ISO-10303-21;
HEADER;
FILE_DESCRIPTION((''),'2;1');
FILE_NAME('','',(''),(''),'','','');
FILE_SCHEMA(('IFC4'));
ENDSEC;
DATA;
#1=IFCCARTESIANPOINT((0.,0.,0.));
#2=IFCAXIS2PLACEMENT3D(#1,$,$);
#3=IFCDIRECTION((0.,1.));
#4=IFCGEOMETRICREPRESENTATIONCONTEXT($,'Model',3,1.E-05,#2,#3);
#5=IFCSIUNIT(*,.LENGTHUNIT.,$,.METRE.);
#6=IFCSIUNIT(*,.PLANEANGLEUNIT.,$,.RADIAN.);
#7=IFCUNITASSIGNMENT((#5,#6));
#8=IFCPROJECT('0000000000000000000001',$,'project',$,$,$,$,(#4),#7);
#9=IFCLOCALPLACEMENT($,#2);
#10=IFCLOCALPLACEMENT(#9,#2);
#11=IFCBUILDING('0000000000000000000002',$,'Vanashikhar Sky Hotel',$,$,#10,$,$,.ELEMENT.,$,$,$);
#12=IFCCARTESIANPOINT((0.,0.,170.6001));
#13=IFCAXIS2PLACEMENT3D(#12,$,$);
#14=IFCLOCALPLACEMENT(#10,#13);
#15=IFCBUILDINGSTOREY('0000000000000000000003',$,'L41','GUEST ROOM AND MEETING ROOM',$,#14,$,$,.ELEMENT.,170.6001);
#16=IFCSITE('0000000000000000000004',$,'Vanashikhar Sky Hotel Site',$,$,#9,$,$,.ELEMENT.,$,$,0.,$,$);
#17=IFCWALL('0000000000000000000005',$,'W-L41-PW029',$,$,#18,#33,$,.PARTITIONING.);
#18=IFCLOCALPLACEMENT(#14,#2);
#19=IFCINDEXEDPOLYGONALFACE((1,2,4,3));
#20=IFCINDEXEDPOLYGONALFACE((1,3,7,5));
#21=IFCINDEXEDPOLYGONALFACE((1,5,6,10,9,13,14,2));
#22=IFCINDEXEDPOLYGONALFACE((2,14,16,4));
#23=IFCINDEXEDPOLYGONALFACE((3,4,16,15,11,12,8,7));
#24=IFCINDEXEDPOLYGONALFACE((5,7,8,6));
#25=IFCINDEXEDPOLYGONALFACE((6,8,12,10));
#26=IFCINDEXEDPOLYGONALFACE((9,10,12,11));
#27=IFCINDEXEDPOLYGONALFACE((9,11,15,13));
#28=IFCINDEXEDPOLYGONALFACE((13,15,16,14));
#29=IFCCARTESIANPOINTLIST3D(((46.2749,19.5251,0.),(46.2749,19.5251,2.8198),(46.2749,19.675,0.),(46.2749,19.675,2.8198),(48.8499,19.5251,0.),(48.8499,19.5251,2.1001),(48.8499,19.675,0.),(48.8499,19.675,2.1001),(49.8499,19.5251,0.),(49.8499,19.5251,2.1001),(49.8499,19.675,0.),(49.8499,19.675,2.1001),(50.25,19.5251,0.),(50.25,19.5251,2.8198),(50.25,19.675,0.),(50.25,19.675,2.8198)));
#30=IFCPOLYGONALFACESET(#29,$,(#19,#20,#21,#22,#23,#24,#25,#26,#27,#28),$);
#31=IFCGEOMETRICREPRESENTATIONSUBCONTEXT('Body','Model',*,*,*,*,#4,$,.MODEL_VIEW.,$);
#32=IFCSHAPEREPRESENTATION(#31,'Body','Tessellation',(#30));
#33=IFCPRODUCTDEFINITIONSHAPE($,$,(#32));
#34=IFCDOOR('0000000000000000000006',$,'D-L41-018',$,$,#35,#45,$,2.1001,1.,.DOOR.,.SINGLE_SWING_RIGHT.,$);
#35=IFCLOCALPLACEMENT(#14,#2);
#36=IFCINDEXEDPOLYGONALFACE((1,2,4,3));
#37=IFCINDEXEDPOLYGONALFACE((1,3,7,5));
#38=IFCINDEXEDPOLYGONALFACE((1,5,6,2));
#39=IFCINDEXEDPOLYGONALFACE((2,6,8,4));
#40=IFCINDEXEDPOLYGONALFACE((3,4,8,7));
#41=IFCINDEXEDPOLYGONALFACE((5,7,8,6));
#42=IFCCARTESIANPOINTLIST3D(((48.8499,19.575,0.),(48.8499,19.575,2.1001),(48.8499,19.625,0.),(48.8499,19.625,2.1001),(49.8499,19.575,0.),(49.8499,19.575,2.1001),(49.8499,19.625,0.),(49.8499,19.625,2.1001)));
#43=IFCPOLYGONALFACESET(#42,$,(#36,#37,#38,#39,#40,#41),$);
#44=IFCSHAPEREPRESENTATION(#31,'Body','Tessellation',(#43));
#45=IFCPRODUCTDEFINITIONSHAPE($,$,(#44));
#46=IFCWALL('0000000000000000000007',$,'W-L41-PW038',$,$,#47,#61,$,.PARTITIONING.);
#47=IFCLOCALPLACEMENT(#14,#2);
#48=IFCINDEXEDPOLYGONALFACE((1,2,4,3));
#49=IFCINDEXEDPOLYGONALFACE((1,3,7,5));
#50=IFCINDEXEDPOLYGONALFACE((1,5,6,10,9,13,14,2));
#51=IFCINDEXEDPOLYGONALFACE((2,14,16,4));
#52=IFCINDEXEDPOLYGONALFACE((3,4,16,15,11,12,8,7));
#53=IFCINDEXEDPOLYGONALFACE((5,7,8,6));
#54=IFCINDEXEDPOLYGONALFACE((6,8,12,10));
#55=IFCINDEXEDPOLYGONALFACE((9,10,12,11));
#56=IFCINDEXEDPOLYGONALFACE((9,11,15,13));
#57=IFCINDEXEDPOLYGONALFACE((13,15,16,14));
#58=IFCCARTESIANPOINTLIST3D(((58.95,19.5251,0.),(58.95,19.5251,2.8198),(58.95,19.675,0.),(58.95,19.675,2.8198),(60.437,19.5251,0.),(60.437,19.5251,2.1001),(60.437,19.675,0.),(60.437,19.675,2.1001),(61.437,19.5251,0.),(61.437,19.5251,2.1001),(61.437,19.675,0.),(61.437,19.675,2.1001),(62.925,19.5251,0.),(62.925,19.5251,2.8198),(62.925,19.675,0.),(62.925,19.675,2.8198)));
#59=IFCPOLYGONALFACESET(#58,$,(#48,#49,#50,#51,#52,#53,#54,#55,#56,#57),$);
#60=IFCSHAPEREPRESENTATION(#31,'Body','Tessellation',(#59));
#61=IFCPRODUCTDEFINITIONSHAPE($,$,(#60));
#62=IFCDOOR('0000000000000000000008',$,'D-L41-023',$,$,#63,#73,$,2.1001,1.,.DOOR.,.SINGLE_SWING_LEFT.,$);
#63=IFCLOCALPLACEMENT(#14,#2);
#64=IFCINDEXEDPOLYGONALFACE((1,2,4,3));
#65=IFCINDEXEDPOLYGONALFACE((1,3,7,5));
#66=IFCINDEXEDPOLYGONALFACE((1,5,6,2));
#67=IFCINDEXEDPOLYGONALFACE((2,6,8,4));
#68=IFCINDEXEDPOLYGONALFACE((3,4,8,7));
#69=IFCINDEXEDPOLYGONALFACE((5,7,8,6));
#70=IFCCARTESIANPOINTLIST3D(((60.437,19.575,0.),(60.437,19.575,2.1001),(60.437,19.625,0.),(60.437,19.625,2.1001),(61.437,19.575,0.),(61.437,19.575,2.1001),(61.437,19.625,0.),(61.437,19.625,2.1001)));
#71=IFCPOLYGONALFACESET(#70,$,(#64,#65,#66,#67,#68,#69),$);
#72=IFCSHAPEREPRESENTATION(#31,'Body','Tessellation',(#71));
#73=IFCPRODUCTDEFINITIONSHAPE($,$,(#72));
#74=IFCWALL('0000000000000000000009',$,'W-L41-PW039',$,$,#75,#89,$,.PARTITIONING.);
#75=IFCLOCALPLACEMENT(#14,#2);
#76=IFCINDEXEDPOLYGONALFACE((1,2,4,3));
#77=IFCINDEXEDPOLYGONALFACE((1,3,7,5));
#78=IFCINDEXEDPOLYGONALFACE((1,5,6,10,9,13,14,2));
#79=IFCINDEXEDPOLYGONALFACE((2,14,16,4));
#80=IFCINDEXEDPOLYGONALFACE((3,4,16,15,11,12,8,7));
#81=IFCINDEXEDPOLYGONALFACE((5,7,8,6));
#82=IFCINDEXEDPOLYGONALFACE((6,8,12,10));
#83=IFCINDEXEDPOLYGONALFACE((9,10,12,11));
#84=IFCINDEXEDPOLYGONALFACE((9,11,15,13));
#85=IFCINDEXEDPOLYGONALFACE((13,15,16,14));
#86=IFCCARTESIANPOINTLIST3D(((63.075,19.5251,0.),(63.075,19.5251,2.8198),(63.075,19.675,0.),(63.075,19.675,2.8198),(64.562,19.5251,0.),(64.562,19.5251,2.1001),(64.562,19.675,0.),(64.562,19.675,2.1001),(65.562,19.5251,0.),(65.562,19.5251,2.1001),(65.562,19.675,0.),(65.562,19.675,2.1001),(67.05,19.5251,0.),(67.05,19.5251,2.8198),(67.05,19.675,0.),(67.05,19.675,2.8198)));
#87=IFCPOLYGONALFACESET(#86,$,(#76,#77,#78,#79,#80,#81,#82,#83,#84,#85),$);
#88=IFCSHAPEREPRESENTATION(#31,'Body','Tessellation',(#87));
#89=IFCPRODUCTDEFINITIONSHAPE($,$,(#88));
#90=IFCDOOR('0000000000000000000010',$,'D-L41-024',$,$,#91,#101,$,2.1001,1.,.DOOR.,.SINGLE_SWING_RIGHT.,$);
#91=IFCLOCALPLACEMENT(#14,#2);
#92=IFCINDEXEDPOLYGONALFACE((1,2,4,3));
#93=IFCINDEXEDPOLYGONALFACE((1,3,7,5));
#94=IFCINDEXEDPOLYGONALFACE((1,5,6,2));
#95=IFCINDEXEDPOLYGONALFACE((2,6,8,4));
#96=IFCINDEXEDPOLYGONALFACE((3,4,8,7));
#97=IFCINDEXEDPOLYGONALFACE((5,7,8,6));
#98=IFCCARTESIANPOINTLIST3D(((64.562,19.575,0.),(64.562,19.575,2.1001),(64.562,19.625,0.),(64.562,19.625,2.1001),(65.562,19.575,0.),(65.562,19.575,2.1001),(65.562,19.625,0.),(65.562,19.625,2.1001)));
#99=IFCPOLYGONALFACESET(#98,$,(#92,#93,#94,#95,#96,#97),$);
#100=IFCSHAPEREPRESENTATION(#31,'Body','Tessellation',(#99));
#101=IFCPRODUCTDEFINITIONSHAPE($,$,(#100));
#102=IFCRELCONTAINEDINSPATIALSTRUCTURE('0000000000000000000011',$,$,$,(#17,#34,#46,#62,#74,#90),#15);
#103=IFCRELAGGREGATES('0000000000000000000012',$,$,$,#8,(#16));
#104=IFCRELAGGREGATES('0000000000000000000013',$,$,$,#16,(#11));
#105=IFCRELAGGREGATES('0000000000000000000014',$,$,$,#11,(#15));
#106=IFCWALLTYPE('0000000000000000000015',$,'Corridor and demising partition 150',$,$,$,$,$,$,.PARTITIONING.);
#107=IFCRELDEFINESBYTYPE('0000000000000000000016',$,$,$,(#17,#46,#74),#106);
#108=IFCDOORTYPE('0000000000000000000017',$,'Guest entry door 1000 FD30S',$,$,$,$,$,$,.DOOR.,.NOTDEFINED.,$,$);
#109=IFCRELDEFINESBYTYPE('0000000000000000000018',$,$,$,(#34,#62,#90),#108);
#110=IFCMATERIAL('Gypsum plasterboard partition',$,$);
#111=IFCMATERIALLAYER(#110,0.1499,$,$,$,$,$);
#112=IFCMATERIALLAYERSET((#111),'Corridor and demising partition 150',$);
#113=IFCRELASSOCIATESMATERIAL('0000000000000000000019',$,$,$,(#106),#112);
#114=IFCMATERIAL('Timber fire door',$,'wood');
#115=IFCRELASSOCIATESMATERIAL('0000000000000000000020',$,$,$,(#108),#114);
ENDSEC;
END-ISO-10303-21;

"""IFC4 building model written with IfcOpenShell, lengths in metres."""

from ifc_helpers import new_model, si_unit, direction, frame, frame_2d, origin, place, context, subcontext, project, spatial, rectangle, extrude, source, transform, mapped, material, layer, layer_set, type_object, element, fill, save


model = new_model("IFC4")

# Units and contexts
model_context = context("Model", 3, precision=1e-05, world=origin(), true_north=direction((0.0, 1.0)))
body_context = subcontext(model_context, "Body", "Model", "MODEL_VIEW")
ifc_project = project(units=[si_unit("LENGTHUNIT", "METRE"), si_unit("PLANEANGLEUNIT", "RADIAN")], contexts=[model_context])

# Site, building, storey
site_placement = place(None, origin())
site = spatial("IfcSite", under=ifc_project, at=site_placement, Name="Vanashikhar Sky Hotel Site", CompositionType="ELEMENT", RefElevation=0.0)
building_placement = place(site_placement, origin())
building = spatial("IfcBuilding", under=site, at=building_placement, Name="Vanashikhar Sky Hotel", CompositionType="ELEMENT")
storey_placement = place(building_placement, frame((0.0, 0.0, 170.6001)))
storey = spatial("IfcBuildingStorey", under=building, at=storey_placement, Name="L41", Description="GUEST ROOM AND MEETING ROOM", CompositionType="ELEMENT", Elevation=170.6001)

# Shared definitions
ifc_material_1 = material(Name="Gypsum plasterboard partition")

# Walls, openings, doors
ifc_layer_1 = layer(ifc_material_1, 0.1499)
ifc_layer_set_1 = layer_set([ifc_layer_1], Name="Corridor and demising partition 150")
wall_type_1 = type_object("IfcWallType", Name="Corridor and demising partition 150", PredefinedType="PARTITIONING", material=ifc_layer_set_1)
shared_shape_1 = source(origin(), body_context, "Body", "SweptSolid", [
    extrude(rectangle(XDim=1.0, YDim=2.1001, at=frame_2d((0.5, 1.05))), frame((0.0, 0.085, 0.0), z_axis=(0.0, -1.0, 0.0), x_axis=(1.0, 0.0, 0.0)), (0.0, 0.0, 1.0), 0.1699),
])
ifc_material_2 = material(Name="Timber fire door", Category="wood")
door_type_1 = type_object("IfcDoorType", Name="Guest entry door 1000 FD30S", OperationType="NOTDEFINED", PredefinedType="DOOR", material=ifc_material_2)
shared_shape_2 = source(origin(), body_context, "Body", "SweptSolid", [
    extrude(rectangle(XDim=1.0, YDim=2.1001, at=frame_2d((0.5, 1.05))), frame((0.0, 0.0249, 0.0), z_axis=(0.0, -1.0, 0.0), x_axis=(1.0, 0.0, 0.0)), (0.0, 0.0, 1.0), 0.05),
])
shared_shape_3 = source(origin(), body_context, "Body", "SweptSolid", [
    extrude(rectangle(XDim=3.9751, YDim=0.1499, at=frame_2d((1.9875, 0.0))), origin(), (0.0, 0.0, 1.0), 2.8198),
])
wall_1_placement = place(storey_placement, frame((46.2749, 19.6001, 0.0), z_axis=(0.0, 0.0, 1.0), x_axis=(1.0, 0.0, 0.0)))
wall_1 = element("IfcWall", 1, at=wall_1_placement, inside=storey, type_object=wall_type_1, Name="W-L41-PW029", PredefinedType="PARTITIONING", context=body_context, shape_type="MappedRepresentation", body=[
    mapped(shared_shape_3, transform((0.0, 0.0, 0.0), scale=1.0)),
])
opening_1_placement = place(wall_1_placement, frame((2.575, 0.0, 0.0)))
opening_1 = element("IfcOpeningElement", 2, at=opening_1_placement, cuts=wall_1, PredefinedType="OPENING", context=body_context, shape_type="MappedRepresentation", body=[
    mapped(shared_shape_1, transform((0.0, 0.0, 0.0), scale=1.0)),
])
door_1_placement = place(opening_1_placement, origin())
door_1 = element("IfcDoor", 3, at=door_1_placement, inside=storey, type_object=door_type_1, Name="D-L41-018", OperationType="SINGLE_SWING_RIGHT", OverallHeight=2.1001, OverallWidth=1.0, PredefinedType="DOOR", context=body_context, shape_type="MappedRepresentation", body=[
    mapped(shared_shape_2, transform((0.0, 0.0, 0.0), scale=1.0)),
])
fill(opening_1, door_1)
wall_2_placement = place(storey_placement, frame((58.95, 19.6001, 0.0), z_axis=(0.0, 0.0, 1.0), x_axis=(1.0, 0.0, 0.0)))
wall_2 = element("IfcWall", 4, at=wall_2_placement, inside=storey, type_object=wall_type_1, Name="W-L41-PW038", PredefinedType="PARTITIONING", context=body_context, shape_type="MappedRepresentation", body=[
    mapped(shared_shape_3, transform((0.0, 0.0, 0.0), scale=1.0)),
])
opening_2_placement = place(wall_2_placement, frame((1.4871, 0.0, 0.0)))
opening_2 = element("IfcOpeningElement", 5, at=opening_2_placement, cuts=wall_2, PredefinedType="OPENING", context=body_context, shape_type="MappedRepresentation", body=[
    mapped(shared_shape_1, transform((0.0, 0.0, 0.0), scale=1.0)),
])
door_2_placement = place(opening_2_placement, origin())
door_2 = element("IfcDoor", 6, at=door_2_placement, inside=storey, type_object=door_type_1, Name="D-L41-023", OperationType="SINGLE_SWING_LEFT", OverallHeight=2.1001, OverallWidth=1.0, PredefinedType="DOOR", context=body_context, shape_type="MappedRepresentation", body=[
    mapped(shared_shape_2, transform((0.0, 0.0, 0.0), scale=1.0)),
])
fill(opening_2, door_2)
wall_3_placement = place(storey_placement, frame((63.075, 19.6001, 0.0), z_axis=(0.0, 0.0, 1.0), x_axis=(1.0, 0.0, 0.0)))
wall_3 = element("IfcWall", 7, at=wall_3_placement, inside=storey, type_object=wall_type_1, Name="W-L41-PW039", PredefinedType="PARTITIONING", context=body_context, shape_type="MappedRepresentation", body=[
    mapped(shared_shape_3, transform((0.0, 0.0, 0.0), scale=1.0)),
])
opening_3_placement = place(wall_3_placement, frame((1.4871, 0.0, 0.0)))
opening_3 = element("IfcOpeningElement", 8, at=opening_3_placement, cuts=wall_3, PredefinedType="OPENING", context=body_context, shape_type="MappedRepresentation", body=[
    mapped(shared_shape_1, transform((0.0, 0.0, 0.0), scale=1.0)),
])
door_3_placement = place(opening_3_placement, origin())
door_3 = element("IfcDoor", 9, at=door_3_placement, inside=storey, type_object=door_type_1, Name="D-L41-024", OperationType="SINGLE_SWING_RIGHT", OverallHeight=2.1001, OverallWidth=1.0, PredefinedType="DOOR", context=body_context, shape_type="MappedRepresentation", body=[
    mapped(shared_shape_2, transform((0.0, 0.0, 0.0), scale=1.0)),
])
fill(opening_3, door_3)

save(model, "model.ifc")
